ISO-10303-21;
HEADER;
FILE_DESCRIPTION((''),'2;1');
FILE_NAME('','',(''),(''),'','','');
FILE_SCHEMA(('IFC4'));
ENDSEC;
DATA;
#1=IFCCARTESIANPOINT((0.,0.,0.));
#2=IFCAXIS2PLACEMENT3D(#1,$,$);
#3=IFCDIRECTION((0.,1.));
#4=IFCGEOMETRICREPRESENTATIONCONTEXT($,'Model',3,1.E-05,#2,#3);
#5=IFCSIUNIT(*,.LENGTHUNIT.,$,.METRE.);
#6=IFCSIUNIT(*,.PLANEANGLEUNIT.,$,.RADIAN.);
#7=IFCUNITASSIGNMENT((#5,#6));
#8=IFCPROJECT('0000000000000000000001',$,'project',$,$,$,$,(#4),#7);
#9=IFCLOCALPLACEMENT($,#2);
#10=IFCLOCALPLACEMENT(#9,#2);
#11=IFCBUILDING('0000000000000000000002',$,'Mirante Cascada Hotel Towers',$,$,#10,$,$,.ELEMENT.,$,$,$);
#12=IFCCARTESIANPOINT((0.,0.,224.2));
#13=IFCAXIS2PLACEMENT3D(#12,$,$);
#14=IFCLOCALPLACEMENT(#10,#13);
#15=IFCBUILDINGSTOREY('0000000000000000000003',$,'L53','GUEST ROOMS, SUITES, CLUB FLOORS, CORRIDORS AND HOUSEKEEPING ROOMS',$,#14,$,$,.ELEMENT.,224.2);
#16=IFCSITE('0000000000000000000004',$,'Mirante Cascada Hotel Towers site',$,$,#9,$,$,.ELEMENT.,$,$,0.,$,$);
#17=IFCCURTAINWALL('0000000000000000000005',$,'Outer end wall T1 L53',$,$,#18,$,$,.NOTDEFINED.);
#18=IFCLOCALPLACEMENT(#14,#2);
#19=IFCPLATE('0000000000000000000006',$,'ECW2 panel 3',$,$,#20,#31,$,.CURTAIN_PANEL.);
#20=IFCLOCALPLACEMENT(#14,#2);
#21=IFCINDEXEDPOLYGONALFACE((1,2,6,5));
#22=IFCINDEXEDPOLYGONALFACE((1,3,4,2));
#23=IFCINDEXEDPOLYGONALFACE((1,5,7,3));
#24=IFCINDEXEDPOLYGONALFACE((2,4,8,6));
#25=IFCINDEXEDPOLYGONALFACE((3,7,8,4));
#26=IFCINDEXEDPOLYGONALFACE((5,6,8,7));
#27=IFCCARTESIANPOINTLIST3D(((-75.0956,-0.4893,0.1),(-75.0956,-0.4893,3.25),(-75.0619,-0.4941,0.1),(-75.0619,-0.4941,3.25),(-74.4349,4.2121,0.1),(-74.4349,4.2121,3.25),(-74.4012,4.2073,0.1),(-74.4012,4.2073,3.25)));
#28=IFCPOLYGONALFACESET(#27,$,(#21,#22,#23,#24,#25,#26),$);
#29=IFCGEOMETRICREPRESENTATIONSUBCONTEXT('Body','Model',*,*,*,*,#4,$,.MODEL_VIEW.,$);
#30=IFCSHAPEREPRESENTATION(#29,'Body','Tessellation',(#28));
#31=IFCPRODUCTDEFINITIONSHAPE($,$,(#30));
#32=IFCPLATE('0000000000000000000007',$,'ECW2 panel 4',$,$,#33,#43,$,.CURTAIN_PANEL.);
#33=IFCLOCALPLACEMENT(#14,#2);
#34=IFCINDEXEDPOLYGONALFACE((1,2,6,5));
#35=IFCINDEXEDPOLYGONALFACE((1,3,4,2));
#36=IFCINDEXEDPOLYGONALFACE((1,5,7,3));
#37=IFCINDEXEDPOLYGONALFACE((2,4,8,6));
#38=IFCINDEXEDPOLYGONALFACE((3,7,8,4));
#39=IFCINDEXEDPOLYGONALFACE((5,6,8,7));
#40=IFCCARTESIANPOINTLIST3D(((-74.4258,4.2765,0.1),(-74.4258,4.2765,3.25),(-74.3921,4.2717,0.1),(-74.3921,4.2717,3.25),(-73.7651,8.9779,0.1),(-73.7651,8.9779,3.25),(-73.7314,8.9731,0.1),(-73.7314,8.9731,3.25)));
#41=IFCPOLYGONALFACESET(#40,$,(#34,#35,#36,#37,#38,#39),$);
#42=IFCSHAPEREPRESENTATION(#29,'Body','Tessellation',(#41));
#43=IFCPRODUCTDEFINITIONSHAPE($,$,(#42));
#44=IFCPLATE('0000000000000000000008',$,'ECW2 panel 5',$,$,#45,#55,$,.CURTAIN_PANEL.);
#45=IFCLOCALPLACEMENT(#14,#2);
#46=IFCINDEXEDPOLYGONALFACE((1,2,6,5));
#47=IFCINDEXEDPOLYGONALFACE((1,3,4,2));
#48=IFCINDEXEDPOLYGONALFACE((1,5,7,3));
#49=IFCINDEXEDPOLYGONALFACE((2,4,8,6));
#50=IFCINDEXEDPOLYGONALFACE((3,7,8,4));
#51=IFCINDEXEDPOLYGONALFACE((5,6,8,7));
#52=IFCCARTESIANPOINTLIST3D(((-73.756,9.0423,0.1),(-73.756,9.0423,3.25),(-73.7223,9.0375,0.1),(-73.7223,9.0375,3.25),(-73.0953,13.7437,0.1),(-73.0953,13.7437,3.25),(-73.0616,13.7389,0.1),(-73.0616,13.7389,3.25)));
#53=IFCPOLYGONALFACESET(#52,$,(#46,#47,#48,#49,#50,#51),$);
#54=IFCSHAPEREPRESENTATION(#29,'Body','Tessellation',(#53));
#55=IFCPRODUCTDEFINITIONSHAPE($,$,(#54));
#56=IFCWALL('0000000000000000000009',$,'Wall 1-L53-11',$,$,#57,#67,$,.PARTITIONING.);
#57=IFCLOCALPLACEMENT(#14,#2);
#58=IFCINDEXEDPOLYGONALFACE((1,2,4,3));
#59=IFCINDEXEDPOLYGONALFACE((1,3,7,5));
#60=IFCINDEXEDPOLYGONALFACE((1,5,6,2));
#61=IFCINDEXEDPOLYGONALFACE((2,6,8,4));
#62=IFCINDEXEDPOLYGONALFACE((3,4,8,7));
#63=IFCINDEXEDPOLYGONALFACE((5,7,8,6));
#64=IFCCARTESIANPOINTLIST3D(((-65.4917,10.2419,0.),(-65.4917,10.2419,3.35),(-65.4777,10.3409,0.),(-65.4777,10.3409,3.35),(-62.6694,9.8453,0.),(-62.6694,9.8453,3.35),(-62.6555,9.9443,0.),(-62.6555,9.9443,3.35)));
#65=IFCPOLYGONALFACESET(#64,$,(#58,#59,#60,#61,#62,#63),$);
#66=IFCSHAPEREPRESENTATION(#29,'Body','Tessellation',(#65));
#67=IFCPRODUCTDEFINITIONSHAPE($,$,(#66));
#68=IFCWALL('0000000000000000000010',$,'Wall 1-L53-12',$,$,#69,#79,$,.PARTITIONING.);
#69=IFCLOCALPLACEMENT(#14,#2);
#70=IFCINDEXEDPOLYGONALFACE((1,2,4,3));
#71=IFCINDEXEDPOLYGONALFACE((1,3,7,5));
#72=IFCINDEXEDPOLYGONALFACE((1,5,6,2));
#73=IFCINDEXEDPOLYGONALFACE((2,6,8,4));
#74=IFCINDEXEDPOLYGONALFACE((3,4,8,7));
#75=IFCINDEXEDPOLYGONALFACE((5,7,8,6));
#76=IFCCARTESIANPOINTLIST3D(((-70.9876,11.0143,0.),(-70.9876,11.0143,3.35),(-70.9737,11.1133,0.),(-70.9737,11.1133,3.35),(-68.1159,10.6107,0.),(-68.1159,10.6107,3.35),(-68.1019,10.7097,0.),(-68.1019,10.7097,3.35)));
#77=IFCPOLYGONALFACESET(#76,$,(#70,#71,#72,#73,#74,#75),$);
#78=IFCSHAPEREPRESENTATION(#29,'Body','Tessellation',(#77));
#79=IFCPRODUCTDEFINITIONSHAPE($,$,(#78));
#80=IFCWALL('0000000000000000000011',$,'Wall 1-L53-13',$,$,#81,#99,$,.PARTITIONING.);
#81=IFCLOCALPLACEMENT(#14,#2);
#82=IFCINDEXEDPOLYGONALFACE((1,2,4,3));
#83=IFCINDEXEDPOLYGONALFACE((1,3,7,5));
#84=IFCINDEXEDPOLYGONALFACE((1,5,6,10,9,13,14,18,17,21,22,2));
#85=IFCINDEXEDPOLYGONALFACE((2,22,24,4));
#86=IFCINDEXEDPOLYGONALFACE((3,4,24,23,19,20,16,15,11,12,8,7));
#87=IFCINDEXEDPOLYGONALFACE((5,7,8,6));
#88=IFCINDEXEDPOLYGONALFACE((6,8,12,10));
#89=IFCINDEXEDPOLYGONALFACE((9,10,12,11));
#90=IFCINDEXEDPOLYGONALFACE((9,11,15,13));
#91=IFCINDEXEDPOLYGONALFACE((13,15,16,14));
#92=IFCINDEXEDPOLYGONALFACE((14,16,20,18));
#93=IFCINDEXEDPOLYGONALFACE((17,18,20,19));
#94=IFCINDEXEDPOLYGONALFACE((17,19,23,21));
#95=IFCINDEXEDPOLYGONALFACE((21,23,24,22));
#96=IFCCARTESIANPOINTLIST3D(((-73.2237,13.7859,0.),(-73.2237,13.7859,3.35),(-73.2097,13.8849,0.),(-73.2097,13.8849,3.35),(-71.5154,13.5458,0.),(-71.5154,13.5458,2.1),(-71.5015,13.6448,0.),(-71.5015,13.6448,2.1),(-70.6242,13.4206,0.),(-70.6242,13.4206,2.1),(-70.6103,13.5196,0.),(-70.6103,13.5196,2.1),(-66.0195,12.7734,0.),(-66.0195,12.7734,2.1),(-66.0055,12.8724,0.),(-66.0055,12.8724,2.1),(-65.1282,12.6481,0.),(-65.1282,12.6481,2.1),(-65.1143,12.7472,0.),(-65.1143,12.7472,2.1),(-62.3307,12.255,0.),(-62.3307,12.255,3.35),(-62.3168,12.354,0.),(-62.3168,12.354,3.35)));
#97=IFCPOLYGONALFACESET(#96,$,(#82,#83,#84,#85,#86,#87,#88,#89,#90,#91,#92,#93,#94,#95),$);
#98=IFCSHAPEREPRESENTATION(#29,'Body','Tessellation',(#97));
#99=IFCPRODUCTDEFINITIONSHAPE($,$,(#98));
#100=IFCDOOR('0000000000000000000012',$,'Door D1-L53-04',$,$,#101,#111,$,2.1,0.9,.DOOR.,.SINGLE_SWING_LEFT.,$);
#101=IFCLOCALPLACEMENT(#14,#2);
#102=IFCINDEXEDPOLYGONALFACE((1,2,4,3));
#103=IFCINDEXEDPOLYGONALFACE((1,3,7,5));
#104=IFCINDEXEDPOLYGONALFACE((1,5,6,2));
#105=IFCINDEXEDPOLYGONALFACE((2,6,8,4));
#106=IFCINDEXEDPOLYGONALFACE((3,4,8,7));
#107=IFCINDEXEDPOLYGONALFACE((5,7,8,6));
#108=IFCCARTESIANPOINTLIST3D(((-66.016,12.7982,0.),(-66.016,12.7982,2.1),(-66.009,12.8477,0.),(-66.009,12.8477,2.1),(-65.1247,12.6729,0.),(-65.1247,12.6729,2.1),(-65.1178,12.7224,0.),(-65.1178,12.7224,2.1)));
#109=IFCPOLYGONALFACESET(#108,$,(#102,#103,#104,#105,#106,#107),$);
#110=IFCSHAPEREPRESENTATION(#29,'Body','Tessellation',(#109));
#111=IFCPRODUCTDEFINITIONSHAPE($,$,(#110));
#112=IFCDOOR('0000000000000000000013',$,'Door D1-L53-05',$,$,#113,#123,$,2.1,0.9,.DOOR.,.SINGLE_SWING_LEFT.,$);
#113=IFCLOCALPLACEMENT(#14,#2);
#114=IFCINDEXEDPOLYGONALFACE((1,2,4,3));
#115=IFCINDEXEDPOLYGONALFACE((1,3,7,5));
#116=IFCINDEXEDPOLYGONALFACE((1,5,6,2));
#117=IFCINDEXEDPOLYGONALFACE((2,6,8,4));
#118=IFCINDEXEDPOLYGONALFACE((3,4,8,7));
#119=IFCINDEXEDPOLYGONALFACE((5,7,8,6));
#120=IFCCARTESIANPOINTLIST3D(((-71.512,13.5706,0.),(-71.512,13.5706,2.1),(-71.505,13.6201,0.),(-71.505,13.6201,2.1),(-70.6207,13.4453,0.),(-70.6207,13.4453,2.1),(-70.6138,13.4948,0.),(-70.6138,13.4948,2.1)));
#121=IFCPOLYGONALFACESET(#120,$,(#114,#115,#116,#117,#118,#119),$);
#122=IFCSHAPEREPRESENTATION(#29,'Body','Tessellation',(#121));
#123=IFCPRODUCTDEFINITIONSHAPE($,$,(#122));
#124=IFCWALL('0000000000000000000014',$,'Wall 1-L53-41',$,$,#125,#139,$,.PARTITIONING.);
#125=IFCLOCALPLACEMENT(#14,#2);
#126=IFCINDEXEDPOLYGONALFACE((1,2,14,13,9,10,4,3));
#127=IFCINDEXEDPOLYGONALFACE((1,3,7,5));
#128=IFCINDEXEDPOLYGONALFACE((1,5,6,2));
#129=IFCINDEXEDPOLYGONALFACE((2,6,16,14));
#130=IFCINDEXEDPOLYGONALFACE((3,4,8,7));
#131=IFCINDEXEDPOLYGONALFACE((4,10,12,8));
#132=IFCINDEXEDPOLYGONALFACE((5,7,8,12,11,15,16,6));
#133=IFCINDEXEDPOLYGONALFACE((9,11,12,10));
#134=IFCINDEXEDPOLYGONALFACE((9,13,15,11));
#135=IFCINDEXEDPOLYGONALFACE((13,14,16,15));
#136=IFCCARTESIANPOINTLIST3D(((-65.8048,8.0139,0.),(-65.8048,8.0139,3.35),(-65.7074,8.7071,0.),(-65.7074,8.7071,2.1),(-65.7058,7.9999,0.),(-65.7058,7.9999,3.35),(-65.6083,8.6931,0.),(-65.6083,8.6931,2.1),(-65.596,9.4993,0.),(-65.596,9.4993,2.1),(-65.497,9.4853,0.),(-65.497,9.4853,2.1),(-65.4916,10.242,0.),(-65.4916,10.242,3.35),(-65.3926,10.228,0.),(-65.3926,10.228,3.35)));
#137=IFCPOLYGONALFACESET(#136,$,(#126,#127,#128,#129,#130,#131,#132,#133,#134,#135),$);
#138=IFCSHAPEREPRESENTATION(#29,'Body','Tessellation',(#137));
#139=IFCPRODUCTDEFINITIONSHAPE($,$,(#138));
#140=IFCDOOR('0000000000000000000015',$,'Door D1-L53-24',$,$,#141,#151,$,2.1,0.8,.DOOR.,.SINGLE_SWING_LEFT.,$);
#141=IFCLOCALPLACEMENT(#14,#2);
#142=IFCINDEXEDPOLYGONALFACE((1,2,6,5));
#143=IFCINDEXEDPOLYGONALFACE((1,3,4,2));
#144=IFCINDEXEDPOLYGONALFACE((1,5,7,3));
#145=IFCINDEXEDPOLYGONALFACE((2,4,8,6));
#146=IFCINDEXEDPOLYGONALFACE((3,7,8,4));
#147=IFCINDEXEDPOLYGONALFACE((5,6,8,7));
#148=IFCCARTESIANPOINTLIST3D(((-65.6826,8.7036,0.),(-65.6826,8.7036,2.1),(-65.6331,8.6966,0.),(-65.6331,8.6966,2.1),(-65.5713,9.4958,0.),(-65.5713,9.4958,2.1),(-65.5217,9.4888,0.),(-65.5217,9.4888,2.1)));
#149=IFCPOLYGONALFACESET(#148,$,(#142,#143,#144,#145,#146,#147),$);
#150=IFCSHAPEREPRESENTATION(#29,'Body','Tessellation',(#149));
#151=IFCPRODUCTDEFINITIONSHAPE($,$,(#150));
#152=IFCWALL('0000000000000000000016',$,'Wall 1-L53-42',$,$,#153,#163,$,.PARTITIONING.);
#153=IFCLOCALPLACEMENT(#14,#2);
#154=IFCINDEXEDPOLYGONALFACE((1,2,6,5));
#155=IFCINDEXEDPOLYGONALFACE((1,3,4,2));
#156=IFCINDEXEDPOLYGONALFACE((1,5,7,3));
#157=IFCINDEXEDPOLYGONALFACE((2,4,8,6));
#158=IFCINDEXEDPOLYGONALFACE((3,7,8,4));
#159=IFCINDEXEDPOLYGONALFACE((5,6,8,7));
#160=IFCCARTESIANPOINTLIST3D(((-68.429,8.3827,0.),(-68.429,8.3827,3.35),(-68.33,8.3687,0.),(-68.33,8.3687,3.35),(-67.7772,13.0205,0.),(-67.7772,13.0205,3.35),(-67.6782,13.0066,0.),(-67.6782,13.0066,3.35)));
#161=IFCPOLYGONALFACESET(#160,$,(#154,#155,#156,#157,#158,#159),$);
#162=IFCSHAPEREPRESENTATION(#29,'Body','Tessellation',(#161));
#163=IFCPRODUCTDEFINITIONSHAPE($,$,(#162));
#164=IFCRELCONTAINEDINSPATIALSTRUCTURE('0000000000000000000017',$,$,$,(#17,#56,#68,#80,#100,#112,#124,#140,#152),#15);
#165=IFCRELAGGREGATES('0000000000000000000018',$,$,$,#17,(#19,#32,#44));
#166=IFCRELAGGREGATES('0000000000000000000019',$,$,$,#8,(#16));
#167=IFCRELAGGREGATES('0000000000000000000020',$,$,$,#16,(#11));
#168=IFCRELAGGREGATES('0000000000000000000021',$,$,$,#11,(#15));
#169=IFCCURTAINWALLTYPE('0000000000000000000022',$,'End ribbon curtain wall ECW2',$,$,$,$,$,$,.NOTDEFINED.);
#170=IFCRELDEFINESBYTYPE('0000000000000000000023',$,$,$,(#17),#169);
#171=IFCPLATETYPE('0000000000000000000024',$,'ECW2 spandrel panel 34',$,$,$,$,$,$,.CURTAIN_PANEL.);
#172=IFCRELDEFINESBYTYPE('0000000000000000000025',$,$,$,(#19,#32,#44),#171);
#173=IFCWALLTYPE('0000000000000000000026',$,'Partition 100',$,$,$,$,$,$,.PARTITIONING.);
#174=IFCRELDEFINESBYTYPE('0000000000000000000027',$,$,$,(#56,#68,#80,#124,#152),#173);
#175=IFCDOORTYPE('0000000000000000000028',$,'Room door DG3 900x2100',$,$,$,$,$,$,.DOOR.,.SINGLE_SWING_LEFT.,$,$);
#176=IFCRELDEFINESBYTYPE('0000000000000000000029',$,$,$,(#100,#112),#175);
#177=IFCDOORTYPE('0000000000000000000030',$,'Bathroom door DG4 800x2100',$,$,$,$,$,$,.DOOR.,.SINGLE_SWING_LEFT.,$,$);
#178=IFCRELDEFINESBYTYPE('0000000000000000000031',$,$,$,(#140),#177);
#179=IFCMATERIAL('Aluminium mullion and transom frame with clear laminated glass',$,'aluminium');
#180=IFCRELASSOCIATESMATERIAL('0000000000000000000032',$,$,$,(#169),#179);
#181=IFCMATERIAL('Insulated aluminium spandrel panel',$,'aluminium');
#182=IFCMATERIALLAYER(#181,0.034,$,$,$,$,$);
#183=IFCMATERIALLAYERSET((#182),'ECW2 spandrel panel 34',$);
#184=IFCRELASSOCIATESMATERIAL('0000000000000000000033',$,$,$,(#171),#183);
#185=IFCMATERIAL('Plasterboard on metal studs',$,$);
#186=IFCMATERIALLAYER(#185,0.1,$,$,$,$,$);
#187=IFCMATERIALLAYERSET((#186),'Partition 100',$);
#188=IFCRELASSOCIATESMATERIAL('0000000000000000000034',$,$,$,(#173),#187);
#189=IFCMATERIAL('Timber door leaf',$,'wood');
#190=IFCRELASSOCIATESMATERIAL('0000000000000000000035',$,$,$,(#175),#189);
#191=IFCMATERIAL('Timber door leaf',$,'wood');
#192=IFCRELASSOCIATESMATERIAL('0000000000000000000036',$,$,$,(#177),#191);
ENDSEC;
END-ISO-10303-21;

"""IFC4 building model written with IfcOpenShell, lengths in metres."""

from ifc_helpers import new_model, si_unit, direction, frame, frame_2d, origin, origin_2d, place, context, subcontext, project, spatial, rectangle, extrude, material, layer, layer_set, type_object, element, fill, aggregate, save


model = new_model("IFC4")

# Units and contexts
model_context = context("Model", 3, precision=1e-05, world=origin(), true_north=direction((0.0, 1.0)))
body_context = subcontext(model_context, "Body", "Model", "MODEL_VIEW")
ifc_project = project(units=[si_unit("LENGTHUNIT", "METRE"), si_unit("PLANEANGLEUNIT", "RADIAN")], contexts=[model_context])

# Site, building, storey
site_placement = place(None, origin())
site = spatial("IfcSite", under=ifc_project, at=site_placement, Name="Mirante Cascada Hotel Towers site", CompositionType="ELEMENT", RefElevation=0.0)
building_placement = place(site_placement, origin())
building = spatial("IfcBuilding", under=site, at=building_placement, Name="Mirante Cascada Hotel Towers", CompositionType="ELEMENT")
storey_placement = place(building_placement, frame((0.0, 0.0, 224.2)))
storey = spatial("IfcBuildingStorey", under=building, at=storey_placement, Name="L53", Description="GUEST ROOMS, SUITES, CLUB FLOORS, CORRIDORS AND HOUSEKEEPING ROOMS", CompositionType="ELEMENT", Elevation=224.2)

# Curtain wall
ifc_material_1 = material(Name="Aluminium mullion and transom frame with clear laminated glass", Category="aluminium")
curtain_wall_type_1 = type_object("IfcCurtainWallType", Name="End ribbon curtain wall ECW2", PredefinedType="NOTDEFINED", material=ifc_material_1)
curtain_wall_1_placement = place(storey_placement, origin())
curtain_wall_1 = element("IfcCurtainWall", 1, at=curtain_wall_1_placement, inside=storey, type_object=curtain_wall_type_1, Name="Outer end wall T1 L53", PredefinedType="NOTDEFINED")

# Plates
ifc_material_2 = material(Name="Insulated aluminium spandrel panel", Category="aluminium")
ifc_layer_1 = layer(ifc_material_2, 0.034)
ifc_layer_set_1 = layer_set([ifc_layer_1], Name="ECW2 spandrel panel 34")
plate_type_1 = type_object("IfcPlateType", Name="ECW2 spandrel panel 34", PredefinedType="CURTAIN_PANEL", material=ifc_layer_set_1)
plate_1_placement = place(storey_placement, frame((-74.7484, 1.859, 0.1), z_axis=(0.0, 0.0, 1.0), x_axis=(0.139173, 0.990268, 0.0)))
plate_1 = element("IfcPlate", 2, at=plate_1_placement, type_object=plate_type_1, Name="ECW2 panel 3", PredefinedType="CURTAIN_PANEL", context=body_context, shape_type="SweptSolid", body=[
    extrude(rectangle(XDim=4.7476, YDim=0.034, at=origin_2d()), origin(), (0.0, 0.0, 1.0), 3.15),
])
plate_2_placement = place(storey_placement, frame((-74.0786, 6.6248, 0.1), z_axis=(0.0, 0.0, 1.0), x_axis=(0.139173, 0.990268, 0.0)))
plate_2 = element("IfcPlate", 3, at=plate_2_placement, type_object=plate_type_1, Name="ECW2 panel 4", PredefinedType="CURTAIN_PANEL", context=body_context, shape_type="SweptSolid", body=[
    extrude(rectangle(XDim=4.7476, YDim=0.034, at=origin_2d()), origin(), (0.0, 0.0, 1.0), 3.15),
])
plate_3_placement = place(storey_placement, frame((-73.4088, 11.3906, 0.1), z_axis=(0.0, 0.0, 1.0), x_axis=(0.139173, 0.990268, 0.0)))
plate_3 = element("IfcPlate", 4, at=plate_3_placement, type_object=plate_type_1, Name="ECW2 panel 5", PredefinedType="CURTAIN_PANEL", context=body_context, shape_type="SweptSolid", body=[
    extrude(rectangle(XDim=4.7476, YDim=0.034, at=origin_2d()), origin(), (0.0, 0.0, 1.0), 3.15),
])
aggregate(curtain_wall_1, [plate_1, plate_2, plate_3])

# Walls
ifc_material_3 = material(Name="Plasterboard on metal studs")
ifc_layer_2 = layer(ifc_material_3, 0.1)
ifc_layer_set_2 = layer_set([ifc_layer_2], Name="Partition 100")
wall_type_1 = type_object("IfcWallType", Name="Partition 100", PredefinedType="PARTITIONING", material=ifc_layer_set_2)
wall_1_placement = place(storey_placement, frame((-65.4847, 10.2914, 0.0), z_axis=(0.0, 0.0, 1.0), x_axis=(0.99027, -0.139156, 0.0)))
element("IfcWall", 5, at=wall_1_placement, inside=storey, type_object=wall_type_1, Name="Wall 1-L53-11", PredefinedType="PARTITIONING", context=body_context, shape_type="SweptSolid", body=[
    extrude(rectangle(XDim=2.85, YDim=0.1, at=frame_2d((1.425, 0.0))), origin(), (0.0, 0.0, 1.0), 3.35),
])
wall_2_placement = place(storey_placement, frame((-68.1089, 10.6602, 0.0), z_axis=(0.0, 0.0, 1.0), x_axis=(-0.990268, 0.139171, 0.0)))
element("IfcWall", 6, at=wall_2_placement, inside=storey, type_object=wall_type_1, Name="Wall 1-L53-12", PredefinedType="PARTITIONING", context=body_context, shape_type="SweptSolid", body=[
    extrude(rectangle(XDim=2.9, YDim=0.1, at=frame_2d((1.45, 0.0))), origin(), (0.0, 0.0, 1.0), 3.35),
])

# Wall, openings, doors
wall_3_placement = place(storey_placement, frame((-73.2167, 13.8354, 0.0), z_axis=(0.0, 0.0, 1.0), x_axis=(0.990268, -0.139173, 0.0)))
wall_3 = element("IfcWall", 7, at=wall_3_placement, inside=storey, type_object=wall_type_1, Name="Wall 1-L53-13", PredefinedType="PARTITIONING", context=body_context, shape_type="SweptSolid", body=[
    extrude(rectangle(XDim=11.0, YDim=0.1, at=frame_2d((5.5, 0.0))), origin(), (0.0, 0.0, 1.0), 3.35),
])
opening_1_placement = place(wall_3_placement, frame((7.275, 0.0, 0.0)))
opening_1 = element("IfcOpeningElement", 8, at=opening_1_placement, cuts=wall_3, PredefinedType="OPENING", context=body_context, shape_type="SweptSolid", body=[
    extrude(rectangle(XDim=0.9, YDim=2.1, at=frame_2d((0.45, 1.05))), frame((0.0, 0.05, 0.0), z_axis=(0.0, -1.0, 0.0), x_axis=(1.0, 0.0, 0.0)), (0.0, 0.0, 1.0), 0.1),
])
opening_2_placement = place(wall_3_placement, frame((1.725, 0.0, 0.0)))
opening_2 = element("IfcOpeningElement", 9, at=opening_2_placement, cuts=wall_3, PredefinedType="OPENING", context=body_context, shape_type="SweptSolid", body=[
    extrude(rectangle(XDim=0.9, YDim=2.1, at=frame_2d((0.45, 1.05))), frame((0.0, 0.05, 0.0), z_axis=(0.0, -1.0, 0.0), x_axis=(1.0, 0.0, 0.0)), (0.0, 0.0, 1.0), 0.1),
])
ifc_material_4 = material(Name="Timber door leaf", Category="wood")
door_type_1 = type_object("IfcDoorType", Name="Room door DG3 900x2100", OperationType="SINGLE_SWING_LEFT", PredefinedType="DOOR", material=ifc_material_4)
door_1_placement = place(opening_1_placement, origin())
door_1 = element("IfcDoor", 10, at=door_1_placement, inside=storey, type_object=door_type_1, Name="Door D1-L53-04", OperationType="SINGLE_SWING_LEFT", OverallHeight=2.1, OverallWidth=0.9, PredefinedType="DOOR", context=body_context, shape_type="SweptSolid", body=[
    extrude(rectangle(XDim=0.9, YDim=2.1, at=frame_2d((0.45, 1.05))), frame((0.0, 0.025, 0.0), z_axis=(0.0, -1.0, 0.0), x_axis=(1.0, 0.0, 0.0)), (0.0, 0.0, 1.0), 0.05),
])
fill(opening_1, door_1)
door_2_placement = place(opening_2_placement, origin())
door_2 = element("IfcDoor", 11, at=door_2_placement, inside=storey, type_object=door_type_1, Name="Door D1-L53-05", OperationType="SINGLE_SWING_LEFT", OverallHeight=2.1, OverallWidth=0.9, PredefinedType="DOOR", context=body_context, shape_type="SweptSolid", body=[
    extrude(rectangle(XDim=0.9, YDim=2.1, at=frame_2d((0.45, 1.05))), frame((0.0, 0.025, 0.0), z_axis=(0.0, -1.0, 0.0), x_axis=(1.0, 0.0, 0.0)), (0.0, 0.0, 1.0), 0.05),
])
fill(opening_2, door_2)

# Wall, opening, door
wall_4_placement = place(storey_placement, frame((-65.4421, 10.235, 0.0), z_axis=(0.0, 0.0, 1.0), x_axis=(-0.1392, -0.990264, 0.0)))
wall_4 = element("IfcWall", 12, at=wall_4_placement, inside=storey, type_object=wall_type_1, Name="Wall 1-L53-41", PredefinedType="PARTITIONING", context=body_context, shape_type="SweptSolid", body=[
    extrude(rectangle(XDim=2.25, YDim=0.1, at=frame_2d((1.125, 0.0))), origin(), (0.0, 0.0, 1.0), 3.35),
])
opening_3_placement = place(wall_4_placement, frame((0.75, 0.0, 0.0)))
opening_3 = element("IfcOpeningElement", 13, at=opening_3_placement, cuts=wall_4, PredefinedType="OPENING", context=body_context, shape_type="SweptSolid", body=[
    extrude(rectangle(XDim=0.8, YDim=2.1, at=frame_2d((0.4, 1.05))), frame((0.0, 0.05, 0.0), z_axis=(0.0, -1.0, 0.0), x_axis=(1.0, 0.0, 0.0)), (0.0, 0.0, 1.0), 0.1),
])
ifc_material_5 = material(Name="Timber door leaf", Category="wood")
door_type_2 = type_object("IfcDoorType", Name="Bathroom door DG4 800x2100", OperationType="SINGLE_SWING_LEFT", PredefinedType="DOOR", material=ifc_material_5)
door_3_placement = place(opening_3_placement, origin())
door_3 = element("IfcDoor", 14, at=door_3_placement, inside=storey, type_object=door_type_2, Name="Door D1-L53-24", OperationType="SINGLE_SWING_LEFT", OverallHeight=2.1, OverallWidth=0.8, PredefinedType="DOOR", context=body_context, shape_type="SweptSolid", body=[
    extrude(rectangle(XDim=0.8, YDim=2.1, at=frame_2d((0.4, 1.05))), frame((0.0, 0.025, 0.0), z_axis=(0.0, -1.0, 0.0), x_axis=(1.0, 0.0, 0.0)), (0.0, 0.0, 1.0), 0.05),
])
fill(opening_3, door_3)

# Wall
wall_5_placement = place(storey_placement, frame((-68.3795, 8.3757, 0.0), z_axis=(0.0, 0.0, 1.0), x_axis=(0.139173, 0.990268, 0.0)))
element("IfcWall", 15, at=wall_5_placement, inside=storey, type_object=wall_type_1, Name="Wall 1-L53-42", PredefinedType="PARTITIONING", context=body_context, shape_type="SweptSolid", body=[
    extrude(rectangle(XDim=4.6834, YDim=0.1, at=frame_2d((2.3417, 0.0))), origin(), (0.0, 0.0, 1.0), 3.35),
])

save(model, "model.ifc")
